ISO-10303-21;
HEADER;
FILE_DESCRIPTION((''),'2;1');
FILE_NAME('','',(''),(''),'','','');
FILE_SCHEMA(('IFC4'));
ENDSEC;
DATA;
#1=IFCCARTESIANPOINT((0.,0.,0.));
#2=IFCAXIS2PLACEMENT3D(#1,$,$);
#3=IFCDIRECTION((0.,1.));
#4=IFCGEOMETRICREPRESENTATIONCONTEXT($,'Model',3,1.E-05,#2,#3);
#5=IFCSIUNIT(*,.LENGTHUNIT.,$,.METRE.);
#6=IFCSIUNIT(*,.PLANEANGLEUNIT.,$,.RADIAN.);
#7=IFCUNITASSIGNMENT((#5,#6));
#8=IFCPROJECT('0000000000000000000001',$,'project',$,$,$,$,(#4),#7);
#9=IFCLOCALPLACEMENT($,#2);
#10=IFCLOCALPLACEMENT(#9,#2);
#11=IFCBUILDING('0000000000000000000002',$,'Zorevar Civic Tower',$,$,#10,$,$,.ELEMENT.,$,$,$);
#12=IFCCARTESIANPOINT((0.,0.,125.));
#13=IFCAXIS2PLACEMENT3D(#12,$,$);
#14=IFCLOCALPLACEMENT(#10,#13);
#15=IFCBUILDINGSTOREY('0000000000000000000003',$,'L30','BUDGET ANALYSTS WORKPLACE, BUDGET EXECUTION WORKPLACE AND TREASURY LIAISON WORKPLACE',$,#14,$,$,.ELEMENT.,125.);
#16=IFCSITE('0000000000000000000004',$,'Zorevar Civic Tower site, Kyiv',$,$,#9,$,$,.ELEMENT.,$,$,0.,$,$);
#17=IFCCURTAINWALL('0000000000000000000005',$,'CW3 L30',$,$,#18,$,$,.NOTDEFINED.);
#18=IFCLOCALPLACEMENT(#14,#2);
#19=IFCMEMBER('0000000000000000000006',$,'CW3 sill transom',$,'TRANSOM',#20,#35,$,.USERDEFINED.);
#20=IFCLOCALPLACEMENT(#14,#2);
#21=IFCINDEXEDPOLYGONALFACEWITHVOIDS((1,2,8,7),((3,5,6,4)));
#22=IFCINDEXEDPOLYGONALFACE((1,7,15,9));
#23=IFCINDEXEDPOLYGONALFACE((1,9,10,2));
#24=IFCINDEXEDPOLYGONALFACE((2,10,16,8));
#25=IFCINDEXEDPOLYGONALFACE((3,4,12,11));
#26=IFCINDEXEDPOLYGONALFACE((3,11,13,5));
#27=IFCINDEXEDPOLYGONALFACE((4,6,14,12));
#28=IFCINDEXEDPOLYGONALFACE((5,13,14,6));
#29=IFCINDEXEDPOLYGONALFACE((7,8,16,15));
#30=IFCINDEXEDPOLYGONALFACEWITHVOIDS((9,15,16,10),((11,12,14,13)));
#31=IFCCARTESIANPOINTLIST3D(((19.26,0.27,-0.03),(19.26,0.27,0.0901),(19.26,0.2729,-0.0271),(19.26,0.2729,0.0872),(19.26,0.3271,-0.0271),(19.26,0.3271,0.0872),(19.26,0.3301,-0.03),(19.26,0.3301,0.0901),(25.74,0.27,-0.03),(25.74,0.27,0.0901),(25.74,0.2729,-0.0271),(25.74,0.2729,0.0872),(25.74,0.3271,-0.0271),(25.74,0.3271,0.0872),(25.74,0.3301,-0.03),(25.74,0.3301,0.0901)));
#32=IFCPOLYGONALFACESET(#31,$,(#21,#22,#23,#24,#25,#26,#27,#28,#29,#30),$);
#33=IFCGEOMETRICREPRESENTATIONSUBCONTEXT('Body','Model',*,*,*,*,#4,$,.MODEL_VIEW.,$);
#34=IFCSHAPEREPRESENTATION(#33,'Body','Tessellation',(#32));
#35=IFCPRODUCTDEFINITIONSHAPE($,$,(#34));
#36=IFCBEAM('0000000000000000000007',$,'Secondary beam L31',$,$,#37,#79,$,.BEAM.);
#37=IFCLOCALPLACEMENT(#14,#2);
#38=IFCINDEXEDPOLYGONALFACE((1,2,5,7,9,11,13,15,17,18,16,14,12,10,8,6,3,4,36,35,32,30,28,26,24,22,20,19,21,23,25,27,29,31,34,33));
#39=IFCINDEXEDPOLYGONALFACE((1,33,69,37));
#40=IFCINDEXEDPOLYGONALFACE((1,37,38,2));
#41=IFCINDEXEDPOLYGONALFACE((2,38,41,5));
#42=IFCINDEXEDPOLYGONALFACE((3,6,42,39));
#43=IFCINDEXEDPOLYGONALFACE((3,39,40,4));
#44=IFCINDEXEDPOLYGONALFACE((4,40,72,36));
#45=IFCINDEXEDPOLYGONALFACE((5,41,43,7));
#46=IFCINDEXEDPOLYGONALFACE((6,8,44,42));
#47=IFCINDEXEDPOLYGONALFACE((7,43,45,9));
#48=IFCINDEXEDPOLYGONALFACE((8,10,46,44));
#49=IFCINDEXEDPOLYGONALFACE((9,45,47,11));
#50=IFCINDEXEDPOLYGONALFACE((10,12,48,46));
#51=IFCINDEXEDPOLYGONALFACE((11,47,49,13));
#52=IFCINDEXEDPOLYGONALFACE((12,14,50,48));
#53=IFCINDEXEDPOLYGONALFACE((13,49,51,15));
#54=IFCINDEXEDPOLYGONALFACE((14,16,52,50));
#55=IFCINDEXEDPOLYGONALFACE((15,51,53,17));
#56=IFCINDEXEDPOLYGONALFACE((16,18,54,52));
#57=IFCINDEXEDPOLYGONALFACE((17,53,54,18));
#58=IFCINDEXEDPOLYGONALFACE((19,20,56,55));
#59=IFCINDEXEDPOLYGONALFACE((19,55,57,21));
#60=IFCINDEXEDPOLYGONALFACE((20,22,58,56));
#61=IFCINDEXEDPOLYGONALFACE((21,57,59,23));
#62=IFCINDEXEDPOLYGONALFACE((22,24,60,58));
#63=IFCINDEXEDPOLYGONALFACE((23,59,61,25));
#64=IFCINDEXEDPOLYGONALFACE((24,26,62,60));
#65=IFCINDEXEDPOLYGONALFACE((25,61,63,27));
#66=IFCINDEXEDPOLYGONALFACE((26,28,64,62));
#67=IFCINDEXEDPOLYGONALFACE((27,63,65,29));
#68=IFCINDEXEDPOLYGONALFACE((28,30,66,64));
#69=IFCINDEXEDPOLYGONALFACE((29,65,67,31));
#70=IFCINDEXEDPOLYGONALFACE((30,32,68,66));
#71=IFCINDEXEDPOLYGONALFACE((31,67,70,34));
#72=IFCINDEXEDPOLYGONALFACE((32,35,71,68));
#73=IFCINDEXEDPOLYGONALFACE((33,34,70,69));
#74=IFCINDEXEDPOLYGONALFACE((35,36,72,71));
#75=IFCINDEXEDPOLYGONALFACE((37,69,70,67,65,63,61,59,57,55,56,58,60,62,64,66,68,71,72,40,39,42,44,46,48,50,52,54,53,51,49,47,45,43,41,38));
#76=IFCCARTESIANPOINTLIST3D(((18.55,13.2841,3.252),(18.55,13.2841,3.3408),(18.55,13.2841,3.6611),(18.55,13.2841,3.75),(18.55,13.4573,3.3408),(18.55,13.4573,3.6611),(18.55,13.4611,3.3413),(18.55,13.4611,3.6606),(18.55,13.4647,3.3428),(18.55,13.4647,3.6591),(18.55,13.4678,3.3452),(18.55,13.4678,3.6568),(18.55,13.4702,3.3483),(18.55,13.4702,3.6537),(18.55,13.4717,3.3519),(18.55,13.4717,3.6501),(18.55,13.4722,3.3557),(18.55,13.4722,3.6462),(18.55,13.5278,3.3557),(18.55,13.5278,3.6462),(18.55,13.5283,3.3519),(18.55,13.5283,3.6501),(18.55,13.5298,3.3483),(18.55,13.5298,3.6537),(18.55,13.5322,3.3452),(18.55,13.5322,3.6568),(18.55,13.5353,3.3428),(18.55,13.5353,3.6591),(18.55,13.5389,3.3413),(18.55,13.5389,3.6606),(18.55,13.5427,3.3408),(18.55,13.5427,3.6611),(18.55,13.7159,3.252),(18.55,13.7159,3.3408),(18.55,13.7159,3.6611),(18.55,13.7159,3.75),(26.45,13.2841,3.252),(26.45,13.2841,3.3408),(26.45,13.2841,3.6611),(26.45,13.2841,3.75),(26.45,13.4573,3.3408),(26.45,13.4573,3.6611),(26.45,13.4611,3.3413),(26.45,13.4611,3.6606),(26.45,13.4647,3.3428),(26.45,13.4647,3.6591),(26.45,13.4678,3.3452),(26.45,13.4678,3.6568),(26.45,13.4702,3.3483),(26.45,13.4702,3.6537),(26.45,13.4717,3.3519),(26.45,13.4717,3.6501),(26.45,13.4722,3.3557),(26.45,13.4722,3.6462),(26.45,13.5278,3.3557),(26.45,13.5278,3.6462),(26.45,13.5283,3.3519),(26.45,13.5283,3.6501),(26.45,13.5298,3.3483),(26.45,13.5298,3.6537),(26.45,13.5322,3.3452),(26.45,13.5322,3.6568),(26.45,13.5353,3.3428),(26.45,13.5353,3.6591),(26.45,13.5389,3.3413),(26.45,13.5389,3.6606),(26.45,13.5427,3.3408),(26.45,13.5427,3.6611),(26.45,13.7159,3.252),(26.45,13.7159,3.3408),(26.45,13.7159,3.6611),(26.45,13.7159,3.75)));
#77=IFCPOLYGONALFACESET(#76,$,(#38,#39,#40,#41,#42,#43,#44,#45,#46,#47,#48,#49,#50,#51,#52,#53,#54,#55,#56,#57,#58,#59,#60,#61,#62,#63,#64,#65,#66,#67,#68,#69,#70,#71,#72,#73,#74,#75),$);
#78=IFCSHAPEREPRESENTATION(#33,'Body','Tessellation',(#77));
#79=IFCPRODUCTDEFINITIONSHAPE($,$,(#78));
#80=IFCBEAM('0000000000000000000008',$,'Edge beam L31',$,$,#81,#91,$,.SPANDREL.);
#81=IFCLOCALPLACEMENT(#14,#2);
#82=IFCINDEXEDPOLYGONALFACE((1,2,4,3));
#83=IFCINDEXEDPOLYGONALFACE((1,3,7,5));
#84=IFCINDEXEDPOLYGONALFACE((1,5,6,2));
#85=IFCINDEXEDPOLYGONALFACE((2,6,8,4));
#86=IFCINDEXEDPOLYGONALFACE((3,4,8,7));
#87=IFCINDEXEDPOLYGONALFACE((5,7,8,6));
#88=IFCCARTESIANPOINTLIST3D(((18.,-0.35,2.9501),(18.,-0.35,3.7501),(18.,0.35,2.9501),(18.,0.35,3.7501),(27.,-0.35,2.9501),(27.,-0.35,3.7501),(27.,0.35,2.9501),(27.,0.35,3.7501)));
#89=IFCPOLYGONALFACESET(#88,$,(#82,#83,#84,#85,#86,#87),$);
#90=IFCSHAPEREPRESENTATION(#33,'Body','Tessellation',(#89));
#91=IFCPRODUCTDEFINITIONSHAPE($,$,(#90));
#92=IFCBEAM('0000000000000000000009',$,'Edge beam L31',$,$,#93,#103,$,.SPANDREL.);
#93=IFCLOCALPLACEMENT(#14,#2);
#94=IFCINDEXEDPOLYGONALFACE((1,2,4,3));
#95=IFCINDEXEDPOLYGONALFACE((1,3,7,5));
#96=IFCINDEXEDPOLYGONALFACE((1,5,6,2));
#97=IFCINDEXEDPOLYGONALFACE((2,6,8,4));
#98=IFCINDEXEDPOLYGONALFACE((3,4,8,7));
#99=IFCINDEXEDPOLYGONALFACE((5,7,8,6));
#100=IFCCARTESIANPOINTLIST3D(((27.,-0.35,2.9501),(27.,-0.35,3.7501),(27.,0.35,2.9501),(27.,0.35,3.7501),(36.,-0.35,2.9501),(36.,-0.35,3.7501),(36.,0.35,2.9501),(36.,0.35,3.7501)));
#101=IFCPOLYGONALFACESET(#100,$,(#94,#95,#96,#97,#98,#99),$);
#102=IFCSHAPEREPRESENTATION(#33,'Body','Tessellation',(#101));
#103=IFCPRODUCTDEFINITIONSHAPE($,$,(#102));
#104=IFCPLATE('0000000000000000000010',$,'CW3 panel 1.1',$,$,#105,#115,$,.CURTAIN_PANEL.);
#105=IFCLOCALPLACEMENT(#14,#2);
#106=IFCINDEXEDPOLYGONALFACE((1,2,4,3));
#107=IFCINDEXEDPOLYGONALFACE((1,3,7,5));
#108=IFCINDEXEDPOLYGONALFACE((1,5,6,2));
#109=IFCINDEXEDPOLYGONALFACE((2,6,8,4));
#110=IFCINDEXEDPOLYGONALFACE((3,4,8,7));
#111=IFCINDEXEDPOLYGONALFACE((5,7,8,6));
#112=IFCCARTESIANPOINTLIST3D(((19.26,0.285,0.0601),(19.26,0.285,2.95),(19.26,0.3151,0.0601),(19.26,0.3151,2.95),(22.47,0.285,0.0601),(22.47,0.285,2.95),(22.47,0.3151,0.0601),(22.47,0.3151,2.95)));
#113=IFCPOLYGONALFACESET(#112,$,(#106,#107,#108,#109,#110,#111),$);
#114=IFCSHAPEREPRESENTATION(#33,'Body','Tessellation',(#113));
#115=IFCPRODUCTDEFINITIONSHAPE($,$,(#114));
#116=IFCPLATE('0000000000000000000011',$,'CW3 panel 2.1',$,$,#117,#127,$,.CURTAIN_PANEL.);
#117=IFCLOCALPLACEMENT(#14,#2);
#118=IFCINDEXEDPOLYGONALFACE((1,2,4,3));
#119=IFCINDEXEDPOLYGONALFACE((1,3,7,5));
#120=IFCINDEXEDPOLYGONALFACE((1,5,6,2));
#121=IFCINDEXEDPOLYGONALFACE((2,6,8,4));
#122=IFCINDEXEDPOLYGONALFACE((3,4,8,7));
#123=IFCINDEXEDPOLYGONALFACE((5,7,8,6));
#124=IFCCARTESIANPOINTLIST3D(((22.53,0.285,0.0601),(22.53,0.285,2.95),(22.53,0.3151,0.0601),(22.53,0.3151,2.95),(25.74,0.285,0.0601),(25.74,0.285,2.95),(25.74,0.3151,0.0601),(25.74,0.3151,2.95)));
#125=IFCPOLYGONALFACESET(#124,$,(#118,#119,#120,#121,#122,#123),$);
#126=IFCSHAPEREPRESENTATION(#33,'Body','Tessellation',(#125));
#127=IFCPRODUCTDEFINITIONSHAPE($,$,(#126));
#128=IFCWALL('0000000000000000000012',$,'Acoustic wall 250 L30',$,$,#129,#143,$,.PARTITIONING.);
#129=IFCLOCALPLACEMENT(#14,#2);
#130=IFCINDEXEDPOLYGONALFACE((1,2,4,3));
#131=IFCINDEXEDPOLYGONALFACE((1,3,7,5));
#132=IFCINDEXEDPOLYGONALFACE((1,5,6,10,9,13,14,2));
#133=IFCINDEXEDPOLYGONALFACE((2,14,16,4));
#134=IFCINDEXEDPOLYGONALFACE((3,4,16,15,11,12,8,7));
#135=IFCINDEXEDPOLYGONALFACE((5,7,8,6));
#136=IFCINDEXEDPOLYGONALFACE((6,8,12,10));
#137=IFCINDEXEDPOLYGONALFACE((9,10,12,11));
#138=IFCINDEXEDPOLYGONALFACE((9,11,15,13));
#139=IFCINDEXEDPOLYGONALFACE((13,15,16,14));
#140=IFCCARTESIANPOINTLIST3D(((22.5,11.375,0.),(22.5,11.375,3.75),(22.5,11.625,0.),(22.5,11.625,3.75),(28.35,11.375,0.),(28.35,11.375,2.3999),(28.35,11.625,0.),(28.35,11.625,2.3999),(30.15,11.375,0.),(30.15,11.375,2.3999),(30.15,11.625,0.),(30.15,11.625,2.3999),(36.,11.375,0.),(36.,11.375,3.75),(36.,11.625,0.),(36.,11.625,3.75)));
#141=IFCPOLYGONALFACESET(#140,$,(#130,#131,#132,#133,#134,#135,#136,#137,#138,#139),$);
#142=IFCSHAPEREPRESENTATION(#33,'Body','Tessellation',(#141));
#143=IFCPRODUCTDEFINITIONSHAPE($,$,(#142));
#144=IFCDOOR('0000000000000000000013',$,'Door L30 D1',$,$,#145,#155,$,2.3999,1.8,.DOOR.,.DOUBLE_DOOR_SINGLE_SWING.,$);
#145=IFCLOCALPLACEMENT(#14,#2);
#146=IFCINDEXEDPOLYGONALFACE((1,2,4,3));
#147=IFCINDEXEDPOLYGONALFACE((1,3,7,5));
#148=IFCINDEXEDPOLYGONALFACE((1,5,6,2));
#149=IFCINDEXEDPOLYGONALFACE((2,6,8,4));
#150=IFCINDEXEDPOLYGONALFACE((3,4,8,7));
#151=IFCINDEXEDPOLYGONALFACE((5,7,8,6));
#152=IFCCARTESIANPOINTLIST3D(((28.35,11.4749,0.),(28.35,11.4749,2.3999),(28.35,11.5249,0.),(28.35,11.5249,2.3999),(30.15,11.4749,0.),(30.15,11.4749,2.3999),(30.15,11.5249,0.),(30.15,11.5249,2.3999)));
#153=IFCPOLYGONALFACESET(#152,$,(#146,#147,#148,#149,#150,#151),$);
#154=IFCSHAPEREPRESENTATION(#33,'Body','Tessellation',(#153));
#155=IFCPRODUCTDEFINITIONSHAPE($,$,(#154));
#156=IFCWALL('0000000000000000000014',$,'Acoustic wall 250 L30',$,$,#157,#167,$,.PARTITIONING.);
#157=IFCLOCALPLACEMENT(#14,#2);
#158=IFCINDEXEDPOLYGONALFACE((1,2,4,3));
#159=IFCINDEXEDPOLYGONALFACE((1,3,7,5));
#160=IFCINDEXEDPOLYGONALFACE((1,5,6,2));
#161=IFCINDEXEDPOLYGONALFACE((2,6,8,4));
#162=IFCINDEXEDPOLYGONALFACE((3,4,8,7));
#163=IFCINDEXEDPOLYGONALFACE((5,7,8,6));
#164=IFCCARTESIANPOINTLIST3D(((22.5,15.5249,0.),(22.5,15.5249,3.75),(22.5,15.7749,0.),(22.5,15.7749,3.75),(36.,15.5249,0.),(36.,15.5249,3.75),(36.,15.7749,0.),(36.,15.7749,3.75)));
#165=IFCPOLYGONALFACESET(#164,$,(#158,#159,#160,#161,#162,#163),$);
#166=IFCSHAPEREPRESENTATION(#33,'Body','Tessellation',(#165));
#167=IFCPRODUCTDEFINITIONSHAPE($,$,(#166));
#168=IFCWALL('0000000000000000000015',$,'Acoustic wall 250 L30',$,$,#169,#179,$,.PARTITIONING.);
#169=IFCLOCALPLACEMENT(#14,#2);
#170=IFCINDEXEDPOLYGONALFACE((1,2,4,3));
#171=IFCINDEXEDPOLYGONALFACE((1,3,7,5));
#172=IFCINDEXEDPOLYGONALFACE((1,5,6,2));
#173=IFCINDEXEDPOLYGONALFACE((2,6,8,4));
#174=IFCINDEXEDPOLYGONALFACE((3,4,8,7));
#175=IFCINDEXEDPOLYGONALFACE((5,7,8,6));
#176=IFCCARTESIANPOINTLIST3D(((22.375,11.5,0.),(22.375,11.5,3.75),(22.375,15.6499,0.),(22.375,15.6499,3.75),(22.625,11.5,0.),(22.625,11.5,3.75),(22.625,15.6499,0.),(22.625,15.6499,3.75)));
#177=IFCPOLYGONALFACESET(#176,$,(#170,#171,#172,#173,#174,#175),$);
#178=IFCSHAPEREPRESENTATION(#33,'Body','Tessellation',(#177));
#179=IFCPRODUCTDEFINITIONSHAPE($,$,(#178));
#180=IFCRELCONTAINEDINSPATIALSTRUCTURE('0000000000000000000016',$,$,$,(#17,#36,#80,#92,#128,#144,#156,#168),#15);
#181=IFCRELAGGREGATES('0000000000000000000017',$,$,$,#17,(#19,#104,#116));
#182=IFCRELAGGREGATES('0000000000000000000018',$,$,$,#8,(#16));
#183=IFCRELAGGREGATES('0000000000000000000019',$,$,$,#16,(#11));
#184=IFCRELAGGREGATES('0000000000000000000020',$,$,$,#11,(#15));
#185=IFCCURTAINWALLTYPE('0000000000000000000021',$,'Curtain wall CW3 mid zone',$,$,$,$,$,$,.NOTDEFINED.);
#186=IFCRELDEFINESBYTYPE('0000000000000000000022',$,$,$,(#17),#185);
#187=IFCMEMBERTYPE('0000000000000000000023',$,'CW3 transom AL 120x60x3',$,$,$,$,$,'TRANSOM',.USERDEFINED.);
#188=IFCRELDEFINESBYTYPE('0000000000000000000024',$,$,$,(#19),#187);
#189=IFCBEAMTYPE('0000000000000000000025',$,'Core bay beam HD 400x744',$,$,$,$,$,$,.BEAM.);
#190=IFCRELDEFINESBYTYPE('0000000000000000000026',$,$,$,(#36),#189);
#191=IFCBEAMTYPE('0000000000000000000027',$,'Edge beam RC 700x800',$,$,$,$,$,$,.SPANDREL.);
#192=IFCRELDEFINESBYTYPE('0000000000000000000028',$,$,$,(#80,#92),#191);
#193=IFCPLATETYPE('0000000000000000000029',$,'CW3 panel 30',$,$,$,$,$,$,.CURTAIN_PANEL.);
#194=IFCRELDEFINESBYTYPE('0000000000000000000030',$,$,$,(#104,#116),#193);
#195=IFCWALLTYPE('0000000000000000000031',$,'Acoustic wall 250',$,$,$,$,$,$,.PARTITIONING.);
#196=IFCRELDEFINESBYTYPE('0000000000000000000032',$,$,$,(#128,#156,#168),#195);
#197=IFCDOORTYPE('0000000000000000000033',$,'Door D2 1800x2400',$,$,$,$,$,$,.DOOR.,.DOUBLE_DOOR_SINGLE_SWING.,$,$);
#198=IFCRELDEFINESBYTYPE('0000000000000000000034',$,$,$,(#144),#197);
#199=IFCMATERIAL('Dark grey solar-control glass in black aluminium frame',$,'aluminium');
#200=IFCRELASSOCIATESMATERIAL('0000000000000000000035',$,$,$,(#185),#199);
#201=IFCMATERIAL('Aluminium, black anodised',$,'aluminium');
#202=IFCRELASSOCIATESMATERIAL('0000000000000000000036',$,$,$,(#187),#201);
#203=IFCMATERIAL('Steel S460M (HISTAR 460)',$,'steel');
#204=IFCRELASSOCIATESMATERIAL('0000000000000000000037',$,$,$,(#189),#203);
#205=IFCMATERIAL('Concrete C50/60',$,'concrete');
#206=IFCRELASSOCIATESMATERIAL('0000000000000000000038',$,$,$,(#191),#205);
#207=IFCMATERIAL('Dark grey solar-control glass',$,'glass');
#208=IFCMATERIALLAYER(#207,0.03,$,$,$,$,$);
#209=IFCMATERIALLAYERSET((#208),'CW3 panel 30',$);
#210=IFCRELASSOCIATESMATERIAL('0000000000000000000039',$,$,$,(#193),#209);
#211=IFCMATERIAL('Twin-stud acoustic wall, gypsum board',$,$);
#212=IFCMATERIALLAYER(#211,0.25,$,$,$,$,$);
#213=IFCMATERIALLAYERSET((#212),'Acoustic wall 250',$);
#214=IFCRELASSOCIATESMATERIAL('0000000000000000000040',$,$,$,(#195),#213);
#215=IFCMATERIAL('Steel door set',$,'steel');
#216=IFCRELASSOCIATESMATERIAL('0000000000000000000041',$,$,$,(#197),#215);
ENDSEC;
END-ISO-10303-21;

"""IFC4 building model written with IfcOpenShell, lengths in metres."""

from ifc_helpers import new_model, si_unit, direction, frame, frame_2d, origin, origin_2d, place, context, subcontext, project, spatial, rectangle, hollow_rectangle, i_section, extrude, material, layer, layer_set, material_profile, profile_set, type_object, element, fill, aggregate, save


model = new_model("IFC4")

# Units and contexts
model_context = context("Model", 3, precision=1e-05, world=origin(), true_north=direction((0.0, 1.0)))
body_context = subcontext(model_context, "Body", "Model", "MODEL_VIEW")
ifc_project = project(units=[si_unit("LENGTHUNIT", "METRE"), si_unit("PLANEANGLEUNIT", "RADIAN")], contexts=[model_context])

# Site, building, storey
site_placement = place(None, origin())
site = spatial("IfcSite", under=ifc_project, at=site_placement, Name="Zorevar Civic Tower site, Kyiv", CompositionType="ELEMENT", RefElevation=0.0)
building_placement = place(site_placement, origin())
building = spatial("IfcBuilding", under=site, at=building_placement, Name="Zorevar Civic Tower", CompositionType="ELEMENT")
storey_placement = place(building_placement, frame((0.0, 0.0, 125.0)))
storey = spatial("IfcBuildingStorey", under=building, at=storey_placement, Name="L30", Description="BUDGET ANALYSTS WORKPLACE, BUDGET EXECUTION WORKPLACE AND TREASURY LIAISON WORKPLACE", CompositionType="ELEMENT", Elevation=125.0)

# Curtain wall, member
ifc_material_1 = material(Name="Dark grey solar-control glass in black aluminium frame", Category="aluminium")
curtain_wall_type = type_object("IfcCurtainWallType", Name="Curtain wall CW3 mid zone", PredefinedType="NOTDEFINED", material=ifc_material_1)
curtain_wall_placement = place(storey_placement, origin())
curtain_wall = element("IfcCurtainWall", 1, at=curtain_wall_placement, inside=storey, type_object=curtain_wall_type, Name="CW3 L30", PredefinedType="NOTDEFINED")
ifc_material_2 = material(Name="Aluminium, black anodised", Category="aluminium")
ifc_material_profile_1 = material_profile(ifc_material_2, hollow_rectangle(XDim=0.0601, YDim=0.1201, WallThickness=0.0029, at=origin_2d()), Name="AL 120x60x3")
ifc_profile_set_1 = profile_set([ifc_material_profile_1], Name="Aluminium, black anodised")
member_type_1 = type_object("IfcMemberType", Name="CW3 transom AL 120x60x3", ElementType="TRANSOM", PredefinedType="USERDEFINED", material=ifc_profile_set_1)
member_1_placement = place(storey_placement, frame((19.26, 0.3, 0.03), z_axis=(1.0, 0.0, 0.0), x_axis=(0.0, 1.0, 0.0)))
member_1 = element("IfcMember", 2, at=member_1_placement, type_object=member_type_1, Name="CW3 sill transom", ObjectType="TRANSOM", PredefinedType="USERDEFINED", context=body_context, shape_type="SweptSolid", body=[
    extrude(hollow_rectangle(XDim=0.0601, YDim=0.1201, WallThickness=0.0029, at=origin_2d()), origin(), (0.0, 0.0, 1.0), 6.48),
])

# Beams
ifc_material_3 = material(Name="Steel S460M (HISTAR 460)", Category="steel")
ifc_material_profile_2 = material_profile(ifc_material_3, i_section(OverallWidth=0.4319, OverallDepth=0.498, WebThickness=0.0557, FlangeThickness=0.0889, FilletRadius=0.0149, at=origin_2d()), Name="HD 400x744")
ifc_profile_set_2 = profile_set([ifc_material_profile_2], Name="Steel S460M (HISTAR 460)")
beam_type_1 = type_object("IfcBeamType", Name="Core bay beam HD 400x744", PredefinedType="BEAM", material=ifc_profile_set_2)
beam_1_placement = place(storey_placement, frame((18.55, 13.5, 3.501), z_axis=(1.0, 0.0, 0.0), x_axis=(0.0, 1.0, 0.0)))
element("IfcBeam", 3, at=beam_1_placement, inside=storey, type_object=beam_type_1, Name="Secondary beam L31", PredefinedType="BEAM", context=body_context, shape_type="SweptSolid", body=[
    extrude(i_section(OverallWidth=0.4319, OverallDepth=0.498, WebThickness=0.0557, FlangeThickness=0.0889, FilletRadius=0.0149, at=origin_2d()), origin(), (0.0, 0.0, 1.0), 7.8999),
])
ifc_material_4 = material(Name="Concrete C50/60", Category="concrete")
ifc_material_profile_3 = material_profile(ifc_material_4, rectangle(XDim=0.7, YDim=0.8, at=origin_2d()), Name="RC 700x800")
ifc_profile_set_3 = profile_set([ifc_material_profile_3], Name="Concrete C50/60")
beam_type_2 = type_object("IfcBeamType", Name="Edge beam RC 700x800", PredefinedType="SPANDREL", material=ifc_profile_set_3)
for number, where, z_axis, x_axis, name in (
    (4, (18.0, 0.0, 3.3501), (1.0, 0.0, 0.0), (0.0, 1.0, 0.0), "Edge beam L31"),
    (5, (27.0, 0.0, 3.3501), (1.0, 0.0, 0.0), (0.0, 1.0, 0.0), "Edge beam L31"),
):
    element("IfcBeam", number, at=place(storey_placement, frame(where, z_axis=z_axis, x_axis=x_axis)), inside=storey, type_object=beam_type_2, Name=name, PredefinedType="SPANDREL", context=body_context, shape_type="SweptSolid", body=[
        extrude(rectangle(XDim=0.7, YDim=0.8, at=origin_2d()), origin(), (0.0, 0.0, 1.0), 9.0),
    ])

# Plates
ifc_material_5 = material(Name="Dark grey solar-control glass", Category="glass")
ifc_layer_1 = layer(ifc_material_5, 0.03)
ifc_layer_set_1 = layer_set([ifc_layer_1], Name="CW3 panel 30")
plate_type = type_object("IfcPlateType", Name="CW3 panel 30", PredefinedType="CURTAIN_PANEL", material=ifc_layer_set_1)
plate_1_placement = place(storey_placement, frame((20.865, 0.3, 0.0601), z_axis=(0.0, 0.0, 1.0), x_axis=(1.0, 0.0, 0.0)))
plate_1 = element("IfcPlate", 6, at=plate_1_placement, type_object=plate_type, Name="CW3 panel 1.1", PredefinedType="CURTAIN_PANEL", context=body_context, shape_type="SweptSolid", body=[
    extrude(rectangle(XDim=3.21, YDim=0.03, at=origin_2d()), origin(), (0.0, 0.0, 1.0), 2.8899),
])
plate_2_placement = place(storey_placement, frame((24.135, 0.3, 0.0601), z_axis=(0.0, 0.0, 1.0), x_axis=(1.0, 0.0, 0.0)))
plate_2 = element("IfcPlate", 7, at=plate_2_placement, type_object=plate_type, Name="CW3 panel 2.1", PredefinedType="CURTAIN_PANEL", context=body_context, shape_type="SweptSolid", body=[
    extrude(rectangle(XDim=3.21, YDim=0.03, at=origin_2d()), origin(), (0.0, 0.0, 1.0), 2.8899),
])
aggregate(curtain_wall, [member_1, plate_1, plate_2])

# Wall, opening, door
ifc_material_6 = material(Name="Twin-stud acoustic wall, gypsum board")
ifc_layer_2 = layer(ifc_material_6, 0.25)
ifc_layer_set_2 = layer_set([ifc_layer_2], Name="Acoustic wall 250")
wall_type_1 = type_object("IfcWallType", Name="Acoustic wall 250", PredefinedType="PARTITIONING", material=ifc_layer_set_2)
wall_1_placement = place(storey_placement, frame((22.5, 11.5, 0.0), z_axis=(0.0, 0.0, 1.0), x_axis=(1.0, 0.0, 0.0)))
wall_1 = element("IfcWall", 8, at=wall_1_placement, inside=storey, type_object=wall_type_1, Name="Acoustic wall 250 L30", PredefinedType="PARTITIONING", context=body_context, shape_type="SweptSolid", body=[
    extrude(rectangle(XDim=13.5, YDim=0.25, at=frame_2d((6.75, 0.0))), origin(), (0.0, 0.0, 1.0), 3.75),
])
opening_1_placement = place(wall_1_placement, frame((5.8501, 0.0, 0.0)))
opening_1 = element("IfcOpeningElement", 9, at=opening_1_placement, cuts=wall_1, PredefinedType="OPENING", context=body_context, shape_type="SweptSolid", body=[
    extrude(rectangle(XDim=1.8, YDim=2.3999, at=frame_2d((0.8999, 1.2))), frame((0.0, 0.135, 0.0), z_axis=(0.0, -1.0, 0.0), x_axis=(1.0, 0.0, 0.0)), (0.0, 0.0, 1.0), 0.27),
])
ifc_material_7 = material(Name="Steel door set", Category="steel")
door_type_1 = type_object("IfcDoorType", Name="Door D2 1800x2400", OperationType="DOUBLE_DOOR_SINGLE_SWING", PredefinedType="DOOR", material=ifc_material_7)
door_1_placement = place(opening_1_placement, origin())
door_1 = element("IfcDoor", 10, at=door_1_placement, inside=storey, type_object=door_type_1, Name="Door L30 D1", OperationType="DOUBLE_DOOR_SINGLE_SWING", OverallHeight=2.3999, OverallWidth=1.8, PredefinedType="DOOR", context=body_context, shape_type="SweptSolid", body=[
    extrude(rectangle(XDim=1.8, YDim=2.3999, at=frame_2d((0.8999, 1.2))), frame((0.0, 0.0249, 0.0), z_axis=(0.0, -1.0, 0.0), x_axis=(1.0, 0.0, 0.0)), (0.0, 0.0, 1.0), 0.05),
])
fill(opening_1, door_1)

# Walls
wall_2_placement = place(storey_placement, frame((22.5, 15.6499, 0.0), z_axis=(0.0, 0.0, 1.0), x_axis=(1.0, 0.0, 0.0)))
element("IfcWall", 11, at=wall_2_placement, inside=storey, type_object=wall_type_1, Name="Acoustic wall 250 L30", PredefinedType="PARTITIONING", context=body_context, shape_type="SweptSolid", body=[
    extrude(rectangle(XDim=13.5, YDim=0.25, at=frame_2d((6.75, 0.0))), origin(), (0.0, 0.0, 1.0), 3.75),
])
wall_3_placement = place(storey_placement, frame((22.5, 11.5, 0.0), z_axis=(0.0, 0.0, 1.0), x_axis=(0.0, 1.0, 0.0)))
element("IfcWall", 12, at=wall_3_placement, inside=storey, type_object=wall_type_1, Name="Acoustic wall 250 L30", PredefinedType="PARTITIONING", context=body_context, shape_type="SweptSolid", body=[
    extrude(rectangle(XDim=4.1499, YDim=0.25, at=frame_2d((2.075, 0.0))), origin(), (0.0, 0.0, 1.0), 3.75),
])

save(model, "model.ifc")
